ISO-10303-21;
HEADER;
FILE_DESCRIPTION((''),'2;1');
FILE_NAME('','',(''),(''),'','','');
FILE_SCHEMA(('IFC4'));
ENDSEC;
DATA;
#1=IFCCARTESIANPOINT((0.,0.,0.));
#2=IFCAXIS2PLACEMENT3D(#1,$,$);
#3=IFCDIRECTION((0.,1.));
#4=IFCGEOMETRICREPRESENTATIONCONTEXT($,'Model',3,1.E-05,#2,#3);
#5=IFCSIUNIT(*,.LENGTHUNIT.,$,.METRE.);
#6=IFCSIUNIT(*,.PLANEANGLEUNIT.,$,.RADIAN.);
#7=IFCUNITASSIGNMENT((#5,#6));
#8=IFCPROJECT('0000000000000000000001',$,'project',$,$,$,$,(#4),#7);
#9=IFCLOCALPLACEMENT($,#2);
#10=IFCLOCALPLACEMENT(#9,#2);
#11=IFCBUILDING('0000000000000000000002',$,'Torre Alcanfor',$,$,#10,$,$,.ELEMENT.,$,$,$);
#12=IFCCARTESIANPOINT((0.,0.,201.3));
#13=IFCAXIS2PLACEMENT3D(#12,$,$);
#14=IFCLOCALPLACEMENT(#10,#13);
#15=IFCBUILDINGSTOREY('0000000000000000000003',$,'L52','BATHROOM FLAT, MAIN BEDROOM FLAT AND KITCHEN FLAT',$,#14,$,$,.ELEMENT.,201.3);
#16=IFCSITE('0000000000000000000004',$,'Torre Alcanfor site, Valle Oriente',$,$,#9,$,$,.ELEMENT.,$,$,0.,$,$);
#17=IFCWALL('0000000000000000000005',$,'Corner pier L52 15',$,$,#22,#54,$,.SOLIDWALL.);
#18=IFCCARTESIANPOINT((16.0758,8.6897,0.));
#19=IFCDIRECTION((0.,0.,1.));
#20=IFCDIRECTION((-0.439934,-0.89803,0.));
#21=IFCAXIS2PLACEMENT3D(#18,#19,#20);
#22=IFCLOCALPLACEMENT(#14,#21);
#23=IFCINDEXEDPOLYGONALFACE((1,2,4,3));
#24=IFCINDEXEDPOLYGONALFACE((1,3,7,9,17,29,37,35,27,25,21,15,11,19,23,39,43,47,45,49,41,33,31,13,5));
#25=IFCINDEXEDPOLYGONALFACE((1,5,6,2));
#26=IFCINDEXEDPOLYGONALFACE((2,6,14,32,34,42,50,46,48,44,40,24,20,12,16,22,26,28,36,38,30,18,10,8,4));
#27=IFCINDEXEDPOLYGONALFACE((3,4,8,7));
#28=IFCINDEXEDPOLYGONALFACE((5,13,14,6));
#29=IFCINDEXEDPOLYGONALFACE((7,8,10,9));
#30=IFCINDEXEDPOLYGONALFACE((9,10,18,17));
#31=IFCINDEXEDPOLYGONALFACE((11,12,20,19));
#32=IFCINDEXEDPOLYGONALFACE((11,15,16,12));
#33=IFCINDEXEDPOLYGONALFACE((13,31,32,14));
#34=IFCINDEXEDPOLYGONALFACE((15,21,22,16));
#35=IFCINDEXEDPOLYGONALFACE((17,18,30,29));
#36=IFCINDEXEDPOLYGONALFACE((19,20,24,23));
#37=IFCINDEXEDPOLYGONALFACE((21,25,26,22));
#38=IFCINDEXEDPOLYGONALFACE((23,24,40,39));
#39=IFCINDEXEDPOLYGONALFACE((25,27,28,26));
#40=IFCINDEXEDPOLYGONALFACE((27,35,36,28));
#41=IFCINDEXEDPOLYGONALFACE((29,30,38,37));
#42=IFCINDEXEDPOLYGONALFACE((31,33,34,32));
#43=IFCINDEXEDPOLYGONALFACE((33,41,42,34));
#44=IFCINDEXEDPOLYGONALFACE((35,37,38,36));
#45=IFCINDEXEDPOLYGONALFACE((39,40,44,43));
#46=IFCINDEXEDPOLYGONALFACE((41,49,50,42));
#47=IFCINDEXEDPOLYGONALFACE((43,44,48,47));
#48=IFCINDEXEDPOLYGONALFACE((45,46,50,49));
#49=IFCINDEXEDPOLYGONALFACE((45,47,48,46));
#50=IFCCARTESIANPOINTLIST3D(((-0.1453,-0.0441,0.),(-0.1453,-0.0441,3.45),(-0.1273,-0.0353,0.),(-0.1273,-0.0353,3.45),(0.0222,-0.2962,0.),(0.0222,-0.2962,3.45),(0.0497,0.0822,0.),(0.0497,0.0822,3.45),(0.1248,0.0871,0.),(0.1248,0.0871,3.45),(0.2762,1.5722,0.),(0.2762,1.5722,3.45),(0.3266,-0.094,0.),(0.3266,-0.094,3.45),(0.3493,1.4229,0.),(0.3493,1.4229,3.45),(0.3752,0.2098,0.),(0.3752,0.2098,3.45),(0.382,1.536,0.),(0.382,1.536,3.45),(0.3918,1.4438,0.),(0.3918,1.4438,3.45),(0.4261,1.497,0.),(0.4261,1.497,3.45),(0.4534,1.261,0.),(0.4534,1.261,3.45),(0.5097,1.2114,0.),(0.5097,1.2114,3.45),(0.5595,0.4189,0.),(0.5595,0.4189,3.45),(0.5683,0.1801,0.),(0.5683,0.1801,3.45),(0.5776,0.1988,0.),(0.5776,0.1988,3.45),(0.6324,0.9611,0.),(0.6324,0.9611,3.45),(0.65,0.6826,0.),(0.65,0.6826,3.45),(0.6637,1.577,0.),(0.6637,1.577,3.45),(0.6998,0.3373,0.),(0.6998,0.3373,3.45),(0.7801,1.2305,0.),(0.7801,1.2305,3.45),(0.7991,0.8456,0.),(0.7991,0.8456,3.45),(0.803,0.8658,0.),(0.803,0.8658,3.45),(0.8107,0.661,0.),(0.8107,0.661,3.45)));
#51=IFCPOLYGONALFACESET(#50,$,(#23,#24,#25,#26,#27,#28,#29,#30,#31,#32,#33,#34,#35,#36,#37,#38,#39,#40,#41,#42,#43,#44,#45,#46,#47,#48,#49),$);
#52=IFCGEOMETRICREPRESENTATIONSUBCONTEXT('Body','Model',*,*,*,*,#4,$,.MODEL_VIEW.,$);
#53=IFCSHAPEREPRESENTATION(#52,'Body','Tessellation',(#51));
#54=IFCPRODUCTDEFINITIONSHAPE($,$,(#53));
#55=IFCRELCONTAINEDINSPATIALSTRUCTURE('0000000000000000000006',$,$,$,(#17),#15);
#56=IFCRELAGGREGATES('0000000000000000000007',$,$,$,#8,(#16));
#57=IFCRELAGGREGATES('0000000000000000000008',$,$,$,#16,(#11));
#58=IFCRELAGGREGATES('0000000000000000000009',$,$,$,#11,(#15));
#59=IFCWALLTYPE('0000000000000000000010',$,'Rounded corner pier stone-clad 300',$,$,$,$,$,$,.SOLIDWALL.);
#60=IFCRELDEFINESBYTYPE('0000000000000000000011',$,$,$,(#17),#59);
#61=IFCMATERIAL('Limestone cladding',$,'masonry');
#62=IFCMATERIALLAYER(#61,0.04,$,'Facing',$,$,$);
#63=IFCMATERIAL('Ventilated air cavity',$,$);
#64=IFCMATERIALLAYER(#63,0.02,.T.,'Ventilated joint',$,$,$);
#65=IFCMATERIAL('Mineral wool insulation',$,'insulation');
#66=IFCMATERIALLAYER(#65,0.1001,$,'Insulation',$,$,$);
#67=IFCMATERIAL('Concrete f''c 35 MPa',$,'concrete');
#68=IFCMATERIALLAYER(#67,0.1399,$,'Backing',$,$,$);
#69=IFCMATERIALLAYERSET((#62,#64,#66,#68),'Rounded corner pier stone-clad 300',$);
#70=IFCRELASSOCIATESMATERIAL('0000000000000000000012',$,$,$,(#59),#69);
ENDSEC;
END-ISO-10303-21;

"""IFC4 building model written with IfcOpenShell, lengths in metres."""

from ifc_helpers import new_model, si_unit, direction, frame, origin, place, context, subcontext, project, spatial, polyline, outline, extrude, material, layer, layer_set, type_object, element, save


model = new_model("IFC4")

# Units and contexts
model_context = context("Model", 3, precision=1e-05, world=origin(), true_north=direction((0.0, 1.0)))
body_context = subcontext(model_context, "Body", "Model", "MODEL_VIEW")
ifc_project = project(units=[si_unit("LENGTHUNIT", "METRE"), si_unit("PLANEANGLEUNIT", "RADIAN")], contexts=[model_context])

# Site, building, storey
site_placement = place(None, origin())
site = spatial("IfcSite", under=ifc_project, at=site_placement, Name="Torre Alcanfor site, Valle Oriente", CompositionType="ELEMENT", RefElevation=0.0)
building_placement = place(site_placement, origin())
building = spatial("IfcBuilding", under=site, at=building_placement, Name="Torre Alcanfor", CompositionType="ELEMENT")
storey_placement = place(building_placement, frame((0.0, 0.0, 201.3)))
storey = spatial("IfcBuildingStorey", under=building, at=storey_placement, Name="L52", Description="BATHROOM FLAT, MAIN BEDROOM FLAT AND KITCHEN FLAT", CompositionType="ELEMENT", Elevation=201.3)

# Shared definitions
ifc_material_1 = material(Name="Limestone cladding", Category="masonry")
ifc_material_2 = material(Name="Ventilated air cavity")
ifc_material_3 = material(Name="Mineral wool insulation", Category="insulation")
ifc_material_4 = material(Name="Concrete f'c 35 MPa", Category="concrete")

# Wall
ifc_layer_1 = layer(ifc_material_1, 0.04, Name="Facing")
ifc_layer_2 = layer(ifc_material_2, 0.02, ventilated=True, Name="Ventilated joint")
ifc_layer_3 = layer(ifc_material_3, 0.1001, Name="Insulation")
ifc_layer_4 = layer(ifc_material_4, 0.1399, Name="Backing")
ifc_layer_set_1 = layer_set([ifc_layer_1, ifc_layer_2, ifc_layer_3, ifc_layer_4], Name="Rounded corner pier stone-clad 300")
wall_type_1 = type_object("IfcWallType", Name="Rounded corner pier stone-clad 300", PredefinedType="SOLIDWALL", material=ifc_layer_set_1)
wall_1_placement = place(storey_placement, frame((16.0758, 8.6897, 0.0), z_axis=(0.0, 0.0, 1.0), x_axis=(-0.439934, -0.89803, 0.0)))
element("IfcWall", 1, at=wall_1_placement, inside=storey, type_object=wall_type_1, Name="Corner pier L52 15", PredefinedType="SOLIDWALL", context=body_context, shape_type="SweptSolid", body=[
    extrude(outline(polyline([(0.6637, 1.577), (0.4261, 1.497), (0.382, 1.536), (0.2762, 1.5722), (0.3493, 1.4229), (0.3918, 1.4438), (0.4534, 1.261), (0.5097, 1.2114), (0.6324, 0.9611), (0.65, 0.6826), (0.5595, 0.4189), (0.3752, 0.2098), (0.1248, 0.0871), (0.0497, 0.0822), (-0.1273, -0.0353), (-0.1453, -0.0441), (0.0222, -0.2962), (0.3266, -0.094), (0.5683, 0.1801), (0.5776, 0.1988), (0.6998, 0.3373), (0.8107, 0.661), (0.7991, 0.8456), (0.803, 0.8658), (0.7801, 1.2305), (0.6637, 1.577)])), origin(), (0.0, 0.0, 1.0), 3.45),
])

save(model, "model.ifc")
